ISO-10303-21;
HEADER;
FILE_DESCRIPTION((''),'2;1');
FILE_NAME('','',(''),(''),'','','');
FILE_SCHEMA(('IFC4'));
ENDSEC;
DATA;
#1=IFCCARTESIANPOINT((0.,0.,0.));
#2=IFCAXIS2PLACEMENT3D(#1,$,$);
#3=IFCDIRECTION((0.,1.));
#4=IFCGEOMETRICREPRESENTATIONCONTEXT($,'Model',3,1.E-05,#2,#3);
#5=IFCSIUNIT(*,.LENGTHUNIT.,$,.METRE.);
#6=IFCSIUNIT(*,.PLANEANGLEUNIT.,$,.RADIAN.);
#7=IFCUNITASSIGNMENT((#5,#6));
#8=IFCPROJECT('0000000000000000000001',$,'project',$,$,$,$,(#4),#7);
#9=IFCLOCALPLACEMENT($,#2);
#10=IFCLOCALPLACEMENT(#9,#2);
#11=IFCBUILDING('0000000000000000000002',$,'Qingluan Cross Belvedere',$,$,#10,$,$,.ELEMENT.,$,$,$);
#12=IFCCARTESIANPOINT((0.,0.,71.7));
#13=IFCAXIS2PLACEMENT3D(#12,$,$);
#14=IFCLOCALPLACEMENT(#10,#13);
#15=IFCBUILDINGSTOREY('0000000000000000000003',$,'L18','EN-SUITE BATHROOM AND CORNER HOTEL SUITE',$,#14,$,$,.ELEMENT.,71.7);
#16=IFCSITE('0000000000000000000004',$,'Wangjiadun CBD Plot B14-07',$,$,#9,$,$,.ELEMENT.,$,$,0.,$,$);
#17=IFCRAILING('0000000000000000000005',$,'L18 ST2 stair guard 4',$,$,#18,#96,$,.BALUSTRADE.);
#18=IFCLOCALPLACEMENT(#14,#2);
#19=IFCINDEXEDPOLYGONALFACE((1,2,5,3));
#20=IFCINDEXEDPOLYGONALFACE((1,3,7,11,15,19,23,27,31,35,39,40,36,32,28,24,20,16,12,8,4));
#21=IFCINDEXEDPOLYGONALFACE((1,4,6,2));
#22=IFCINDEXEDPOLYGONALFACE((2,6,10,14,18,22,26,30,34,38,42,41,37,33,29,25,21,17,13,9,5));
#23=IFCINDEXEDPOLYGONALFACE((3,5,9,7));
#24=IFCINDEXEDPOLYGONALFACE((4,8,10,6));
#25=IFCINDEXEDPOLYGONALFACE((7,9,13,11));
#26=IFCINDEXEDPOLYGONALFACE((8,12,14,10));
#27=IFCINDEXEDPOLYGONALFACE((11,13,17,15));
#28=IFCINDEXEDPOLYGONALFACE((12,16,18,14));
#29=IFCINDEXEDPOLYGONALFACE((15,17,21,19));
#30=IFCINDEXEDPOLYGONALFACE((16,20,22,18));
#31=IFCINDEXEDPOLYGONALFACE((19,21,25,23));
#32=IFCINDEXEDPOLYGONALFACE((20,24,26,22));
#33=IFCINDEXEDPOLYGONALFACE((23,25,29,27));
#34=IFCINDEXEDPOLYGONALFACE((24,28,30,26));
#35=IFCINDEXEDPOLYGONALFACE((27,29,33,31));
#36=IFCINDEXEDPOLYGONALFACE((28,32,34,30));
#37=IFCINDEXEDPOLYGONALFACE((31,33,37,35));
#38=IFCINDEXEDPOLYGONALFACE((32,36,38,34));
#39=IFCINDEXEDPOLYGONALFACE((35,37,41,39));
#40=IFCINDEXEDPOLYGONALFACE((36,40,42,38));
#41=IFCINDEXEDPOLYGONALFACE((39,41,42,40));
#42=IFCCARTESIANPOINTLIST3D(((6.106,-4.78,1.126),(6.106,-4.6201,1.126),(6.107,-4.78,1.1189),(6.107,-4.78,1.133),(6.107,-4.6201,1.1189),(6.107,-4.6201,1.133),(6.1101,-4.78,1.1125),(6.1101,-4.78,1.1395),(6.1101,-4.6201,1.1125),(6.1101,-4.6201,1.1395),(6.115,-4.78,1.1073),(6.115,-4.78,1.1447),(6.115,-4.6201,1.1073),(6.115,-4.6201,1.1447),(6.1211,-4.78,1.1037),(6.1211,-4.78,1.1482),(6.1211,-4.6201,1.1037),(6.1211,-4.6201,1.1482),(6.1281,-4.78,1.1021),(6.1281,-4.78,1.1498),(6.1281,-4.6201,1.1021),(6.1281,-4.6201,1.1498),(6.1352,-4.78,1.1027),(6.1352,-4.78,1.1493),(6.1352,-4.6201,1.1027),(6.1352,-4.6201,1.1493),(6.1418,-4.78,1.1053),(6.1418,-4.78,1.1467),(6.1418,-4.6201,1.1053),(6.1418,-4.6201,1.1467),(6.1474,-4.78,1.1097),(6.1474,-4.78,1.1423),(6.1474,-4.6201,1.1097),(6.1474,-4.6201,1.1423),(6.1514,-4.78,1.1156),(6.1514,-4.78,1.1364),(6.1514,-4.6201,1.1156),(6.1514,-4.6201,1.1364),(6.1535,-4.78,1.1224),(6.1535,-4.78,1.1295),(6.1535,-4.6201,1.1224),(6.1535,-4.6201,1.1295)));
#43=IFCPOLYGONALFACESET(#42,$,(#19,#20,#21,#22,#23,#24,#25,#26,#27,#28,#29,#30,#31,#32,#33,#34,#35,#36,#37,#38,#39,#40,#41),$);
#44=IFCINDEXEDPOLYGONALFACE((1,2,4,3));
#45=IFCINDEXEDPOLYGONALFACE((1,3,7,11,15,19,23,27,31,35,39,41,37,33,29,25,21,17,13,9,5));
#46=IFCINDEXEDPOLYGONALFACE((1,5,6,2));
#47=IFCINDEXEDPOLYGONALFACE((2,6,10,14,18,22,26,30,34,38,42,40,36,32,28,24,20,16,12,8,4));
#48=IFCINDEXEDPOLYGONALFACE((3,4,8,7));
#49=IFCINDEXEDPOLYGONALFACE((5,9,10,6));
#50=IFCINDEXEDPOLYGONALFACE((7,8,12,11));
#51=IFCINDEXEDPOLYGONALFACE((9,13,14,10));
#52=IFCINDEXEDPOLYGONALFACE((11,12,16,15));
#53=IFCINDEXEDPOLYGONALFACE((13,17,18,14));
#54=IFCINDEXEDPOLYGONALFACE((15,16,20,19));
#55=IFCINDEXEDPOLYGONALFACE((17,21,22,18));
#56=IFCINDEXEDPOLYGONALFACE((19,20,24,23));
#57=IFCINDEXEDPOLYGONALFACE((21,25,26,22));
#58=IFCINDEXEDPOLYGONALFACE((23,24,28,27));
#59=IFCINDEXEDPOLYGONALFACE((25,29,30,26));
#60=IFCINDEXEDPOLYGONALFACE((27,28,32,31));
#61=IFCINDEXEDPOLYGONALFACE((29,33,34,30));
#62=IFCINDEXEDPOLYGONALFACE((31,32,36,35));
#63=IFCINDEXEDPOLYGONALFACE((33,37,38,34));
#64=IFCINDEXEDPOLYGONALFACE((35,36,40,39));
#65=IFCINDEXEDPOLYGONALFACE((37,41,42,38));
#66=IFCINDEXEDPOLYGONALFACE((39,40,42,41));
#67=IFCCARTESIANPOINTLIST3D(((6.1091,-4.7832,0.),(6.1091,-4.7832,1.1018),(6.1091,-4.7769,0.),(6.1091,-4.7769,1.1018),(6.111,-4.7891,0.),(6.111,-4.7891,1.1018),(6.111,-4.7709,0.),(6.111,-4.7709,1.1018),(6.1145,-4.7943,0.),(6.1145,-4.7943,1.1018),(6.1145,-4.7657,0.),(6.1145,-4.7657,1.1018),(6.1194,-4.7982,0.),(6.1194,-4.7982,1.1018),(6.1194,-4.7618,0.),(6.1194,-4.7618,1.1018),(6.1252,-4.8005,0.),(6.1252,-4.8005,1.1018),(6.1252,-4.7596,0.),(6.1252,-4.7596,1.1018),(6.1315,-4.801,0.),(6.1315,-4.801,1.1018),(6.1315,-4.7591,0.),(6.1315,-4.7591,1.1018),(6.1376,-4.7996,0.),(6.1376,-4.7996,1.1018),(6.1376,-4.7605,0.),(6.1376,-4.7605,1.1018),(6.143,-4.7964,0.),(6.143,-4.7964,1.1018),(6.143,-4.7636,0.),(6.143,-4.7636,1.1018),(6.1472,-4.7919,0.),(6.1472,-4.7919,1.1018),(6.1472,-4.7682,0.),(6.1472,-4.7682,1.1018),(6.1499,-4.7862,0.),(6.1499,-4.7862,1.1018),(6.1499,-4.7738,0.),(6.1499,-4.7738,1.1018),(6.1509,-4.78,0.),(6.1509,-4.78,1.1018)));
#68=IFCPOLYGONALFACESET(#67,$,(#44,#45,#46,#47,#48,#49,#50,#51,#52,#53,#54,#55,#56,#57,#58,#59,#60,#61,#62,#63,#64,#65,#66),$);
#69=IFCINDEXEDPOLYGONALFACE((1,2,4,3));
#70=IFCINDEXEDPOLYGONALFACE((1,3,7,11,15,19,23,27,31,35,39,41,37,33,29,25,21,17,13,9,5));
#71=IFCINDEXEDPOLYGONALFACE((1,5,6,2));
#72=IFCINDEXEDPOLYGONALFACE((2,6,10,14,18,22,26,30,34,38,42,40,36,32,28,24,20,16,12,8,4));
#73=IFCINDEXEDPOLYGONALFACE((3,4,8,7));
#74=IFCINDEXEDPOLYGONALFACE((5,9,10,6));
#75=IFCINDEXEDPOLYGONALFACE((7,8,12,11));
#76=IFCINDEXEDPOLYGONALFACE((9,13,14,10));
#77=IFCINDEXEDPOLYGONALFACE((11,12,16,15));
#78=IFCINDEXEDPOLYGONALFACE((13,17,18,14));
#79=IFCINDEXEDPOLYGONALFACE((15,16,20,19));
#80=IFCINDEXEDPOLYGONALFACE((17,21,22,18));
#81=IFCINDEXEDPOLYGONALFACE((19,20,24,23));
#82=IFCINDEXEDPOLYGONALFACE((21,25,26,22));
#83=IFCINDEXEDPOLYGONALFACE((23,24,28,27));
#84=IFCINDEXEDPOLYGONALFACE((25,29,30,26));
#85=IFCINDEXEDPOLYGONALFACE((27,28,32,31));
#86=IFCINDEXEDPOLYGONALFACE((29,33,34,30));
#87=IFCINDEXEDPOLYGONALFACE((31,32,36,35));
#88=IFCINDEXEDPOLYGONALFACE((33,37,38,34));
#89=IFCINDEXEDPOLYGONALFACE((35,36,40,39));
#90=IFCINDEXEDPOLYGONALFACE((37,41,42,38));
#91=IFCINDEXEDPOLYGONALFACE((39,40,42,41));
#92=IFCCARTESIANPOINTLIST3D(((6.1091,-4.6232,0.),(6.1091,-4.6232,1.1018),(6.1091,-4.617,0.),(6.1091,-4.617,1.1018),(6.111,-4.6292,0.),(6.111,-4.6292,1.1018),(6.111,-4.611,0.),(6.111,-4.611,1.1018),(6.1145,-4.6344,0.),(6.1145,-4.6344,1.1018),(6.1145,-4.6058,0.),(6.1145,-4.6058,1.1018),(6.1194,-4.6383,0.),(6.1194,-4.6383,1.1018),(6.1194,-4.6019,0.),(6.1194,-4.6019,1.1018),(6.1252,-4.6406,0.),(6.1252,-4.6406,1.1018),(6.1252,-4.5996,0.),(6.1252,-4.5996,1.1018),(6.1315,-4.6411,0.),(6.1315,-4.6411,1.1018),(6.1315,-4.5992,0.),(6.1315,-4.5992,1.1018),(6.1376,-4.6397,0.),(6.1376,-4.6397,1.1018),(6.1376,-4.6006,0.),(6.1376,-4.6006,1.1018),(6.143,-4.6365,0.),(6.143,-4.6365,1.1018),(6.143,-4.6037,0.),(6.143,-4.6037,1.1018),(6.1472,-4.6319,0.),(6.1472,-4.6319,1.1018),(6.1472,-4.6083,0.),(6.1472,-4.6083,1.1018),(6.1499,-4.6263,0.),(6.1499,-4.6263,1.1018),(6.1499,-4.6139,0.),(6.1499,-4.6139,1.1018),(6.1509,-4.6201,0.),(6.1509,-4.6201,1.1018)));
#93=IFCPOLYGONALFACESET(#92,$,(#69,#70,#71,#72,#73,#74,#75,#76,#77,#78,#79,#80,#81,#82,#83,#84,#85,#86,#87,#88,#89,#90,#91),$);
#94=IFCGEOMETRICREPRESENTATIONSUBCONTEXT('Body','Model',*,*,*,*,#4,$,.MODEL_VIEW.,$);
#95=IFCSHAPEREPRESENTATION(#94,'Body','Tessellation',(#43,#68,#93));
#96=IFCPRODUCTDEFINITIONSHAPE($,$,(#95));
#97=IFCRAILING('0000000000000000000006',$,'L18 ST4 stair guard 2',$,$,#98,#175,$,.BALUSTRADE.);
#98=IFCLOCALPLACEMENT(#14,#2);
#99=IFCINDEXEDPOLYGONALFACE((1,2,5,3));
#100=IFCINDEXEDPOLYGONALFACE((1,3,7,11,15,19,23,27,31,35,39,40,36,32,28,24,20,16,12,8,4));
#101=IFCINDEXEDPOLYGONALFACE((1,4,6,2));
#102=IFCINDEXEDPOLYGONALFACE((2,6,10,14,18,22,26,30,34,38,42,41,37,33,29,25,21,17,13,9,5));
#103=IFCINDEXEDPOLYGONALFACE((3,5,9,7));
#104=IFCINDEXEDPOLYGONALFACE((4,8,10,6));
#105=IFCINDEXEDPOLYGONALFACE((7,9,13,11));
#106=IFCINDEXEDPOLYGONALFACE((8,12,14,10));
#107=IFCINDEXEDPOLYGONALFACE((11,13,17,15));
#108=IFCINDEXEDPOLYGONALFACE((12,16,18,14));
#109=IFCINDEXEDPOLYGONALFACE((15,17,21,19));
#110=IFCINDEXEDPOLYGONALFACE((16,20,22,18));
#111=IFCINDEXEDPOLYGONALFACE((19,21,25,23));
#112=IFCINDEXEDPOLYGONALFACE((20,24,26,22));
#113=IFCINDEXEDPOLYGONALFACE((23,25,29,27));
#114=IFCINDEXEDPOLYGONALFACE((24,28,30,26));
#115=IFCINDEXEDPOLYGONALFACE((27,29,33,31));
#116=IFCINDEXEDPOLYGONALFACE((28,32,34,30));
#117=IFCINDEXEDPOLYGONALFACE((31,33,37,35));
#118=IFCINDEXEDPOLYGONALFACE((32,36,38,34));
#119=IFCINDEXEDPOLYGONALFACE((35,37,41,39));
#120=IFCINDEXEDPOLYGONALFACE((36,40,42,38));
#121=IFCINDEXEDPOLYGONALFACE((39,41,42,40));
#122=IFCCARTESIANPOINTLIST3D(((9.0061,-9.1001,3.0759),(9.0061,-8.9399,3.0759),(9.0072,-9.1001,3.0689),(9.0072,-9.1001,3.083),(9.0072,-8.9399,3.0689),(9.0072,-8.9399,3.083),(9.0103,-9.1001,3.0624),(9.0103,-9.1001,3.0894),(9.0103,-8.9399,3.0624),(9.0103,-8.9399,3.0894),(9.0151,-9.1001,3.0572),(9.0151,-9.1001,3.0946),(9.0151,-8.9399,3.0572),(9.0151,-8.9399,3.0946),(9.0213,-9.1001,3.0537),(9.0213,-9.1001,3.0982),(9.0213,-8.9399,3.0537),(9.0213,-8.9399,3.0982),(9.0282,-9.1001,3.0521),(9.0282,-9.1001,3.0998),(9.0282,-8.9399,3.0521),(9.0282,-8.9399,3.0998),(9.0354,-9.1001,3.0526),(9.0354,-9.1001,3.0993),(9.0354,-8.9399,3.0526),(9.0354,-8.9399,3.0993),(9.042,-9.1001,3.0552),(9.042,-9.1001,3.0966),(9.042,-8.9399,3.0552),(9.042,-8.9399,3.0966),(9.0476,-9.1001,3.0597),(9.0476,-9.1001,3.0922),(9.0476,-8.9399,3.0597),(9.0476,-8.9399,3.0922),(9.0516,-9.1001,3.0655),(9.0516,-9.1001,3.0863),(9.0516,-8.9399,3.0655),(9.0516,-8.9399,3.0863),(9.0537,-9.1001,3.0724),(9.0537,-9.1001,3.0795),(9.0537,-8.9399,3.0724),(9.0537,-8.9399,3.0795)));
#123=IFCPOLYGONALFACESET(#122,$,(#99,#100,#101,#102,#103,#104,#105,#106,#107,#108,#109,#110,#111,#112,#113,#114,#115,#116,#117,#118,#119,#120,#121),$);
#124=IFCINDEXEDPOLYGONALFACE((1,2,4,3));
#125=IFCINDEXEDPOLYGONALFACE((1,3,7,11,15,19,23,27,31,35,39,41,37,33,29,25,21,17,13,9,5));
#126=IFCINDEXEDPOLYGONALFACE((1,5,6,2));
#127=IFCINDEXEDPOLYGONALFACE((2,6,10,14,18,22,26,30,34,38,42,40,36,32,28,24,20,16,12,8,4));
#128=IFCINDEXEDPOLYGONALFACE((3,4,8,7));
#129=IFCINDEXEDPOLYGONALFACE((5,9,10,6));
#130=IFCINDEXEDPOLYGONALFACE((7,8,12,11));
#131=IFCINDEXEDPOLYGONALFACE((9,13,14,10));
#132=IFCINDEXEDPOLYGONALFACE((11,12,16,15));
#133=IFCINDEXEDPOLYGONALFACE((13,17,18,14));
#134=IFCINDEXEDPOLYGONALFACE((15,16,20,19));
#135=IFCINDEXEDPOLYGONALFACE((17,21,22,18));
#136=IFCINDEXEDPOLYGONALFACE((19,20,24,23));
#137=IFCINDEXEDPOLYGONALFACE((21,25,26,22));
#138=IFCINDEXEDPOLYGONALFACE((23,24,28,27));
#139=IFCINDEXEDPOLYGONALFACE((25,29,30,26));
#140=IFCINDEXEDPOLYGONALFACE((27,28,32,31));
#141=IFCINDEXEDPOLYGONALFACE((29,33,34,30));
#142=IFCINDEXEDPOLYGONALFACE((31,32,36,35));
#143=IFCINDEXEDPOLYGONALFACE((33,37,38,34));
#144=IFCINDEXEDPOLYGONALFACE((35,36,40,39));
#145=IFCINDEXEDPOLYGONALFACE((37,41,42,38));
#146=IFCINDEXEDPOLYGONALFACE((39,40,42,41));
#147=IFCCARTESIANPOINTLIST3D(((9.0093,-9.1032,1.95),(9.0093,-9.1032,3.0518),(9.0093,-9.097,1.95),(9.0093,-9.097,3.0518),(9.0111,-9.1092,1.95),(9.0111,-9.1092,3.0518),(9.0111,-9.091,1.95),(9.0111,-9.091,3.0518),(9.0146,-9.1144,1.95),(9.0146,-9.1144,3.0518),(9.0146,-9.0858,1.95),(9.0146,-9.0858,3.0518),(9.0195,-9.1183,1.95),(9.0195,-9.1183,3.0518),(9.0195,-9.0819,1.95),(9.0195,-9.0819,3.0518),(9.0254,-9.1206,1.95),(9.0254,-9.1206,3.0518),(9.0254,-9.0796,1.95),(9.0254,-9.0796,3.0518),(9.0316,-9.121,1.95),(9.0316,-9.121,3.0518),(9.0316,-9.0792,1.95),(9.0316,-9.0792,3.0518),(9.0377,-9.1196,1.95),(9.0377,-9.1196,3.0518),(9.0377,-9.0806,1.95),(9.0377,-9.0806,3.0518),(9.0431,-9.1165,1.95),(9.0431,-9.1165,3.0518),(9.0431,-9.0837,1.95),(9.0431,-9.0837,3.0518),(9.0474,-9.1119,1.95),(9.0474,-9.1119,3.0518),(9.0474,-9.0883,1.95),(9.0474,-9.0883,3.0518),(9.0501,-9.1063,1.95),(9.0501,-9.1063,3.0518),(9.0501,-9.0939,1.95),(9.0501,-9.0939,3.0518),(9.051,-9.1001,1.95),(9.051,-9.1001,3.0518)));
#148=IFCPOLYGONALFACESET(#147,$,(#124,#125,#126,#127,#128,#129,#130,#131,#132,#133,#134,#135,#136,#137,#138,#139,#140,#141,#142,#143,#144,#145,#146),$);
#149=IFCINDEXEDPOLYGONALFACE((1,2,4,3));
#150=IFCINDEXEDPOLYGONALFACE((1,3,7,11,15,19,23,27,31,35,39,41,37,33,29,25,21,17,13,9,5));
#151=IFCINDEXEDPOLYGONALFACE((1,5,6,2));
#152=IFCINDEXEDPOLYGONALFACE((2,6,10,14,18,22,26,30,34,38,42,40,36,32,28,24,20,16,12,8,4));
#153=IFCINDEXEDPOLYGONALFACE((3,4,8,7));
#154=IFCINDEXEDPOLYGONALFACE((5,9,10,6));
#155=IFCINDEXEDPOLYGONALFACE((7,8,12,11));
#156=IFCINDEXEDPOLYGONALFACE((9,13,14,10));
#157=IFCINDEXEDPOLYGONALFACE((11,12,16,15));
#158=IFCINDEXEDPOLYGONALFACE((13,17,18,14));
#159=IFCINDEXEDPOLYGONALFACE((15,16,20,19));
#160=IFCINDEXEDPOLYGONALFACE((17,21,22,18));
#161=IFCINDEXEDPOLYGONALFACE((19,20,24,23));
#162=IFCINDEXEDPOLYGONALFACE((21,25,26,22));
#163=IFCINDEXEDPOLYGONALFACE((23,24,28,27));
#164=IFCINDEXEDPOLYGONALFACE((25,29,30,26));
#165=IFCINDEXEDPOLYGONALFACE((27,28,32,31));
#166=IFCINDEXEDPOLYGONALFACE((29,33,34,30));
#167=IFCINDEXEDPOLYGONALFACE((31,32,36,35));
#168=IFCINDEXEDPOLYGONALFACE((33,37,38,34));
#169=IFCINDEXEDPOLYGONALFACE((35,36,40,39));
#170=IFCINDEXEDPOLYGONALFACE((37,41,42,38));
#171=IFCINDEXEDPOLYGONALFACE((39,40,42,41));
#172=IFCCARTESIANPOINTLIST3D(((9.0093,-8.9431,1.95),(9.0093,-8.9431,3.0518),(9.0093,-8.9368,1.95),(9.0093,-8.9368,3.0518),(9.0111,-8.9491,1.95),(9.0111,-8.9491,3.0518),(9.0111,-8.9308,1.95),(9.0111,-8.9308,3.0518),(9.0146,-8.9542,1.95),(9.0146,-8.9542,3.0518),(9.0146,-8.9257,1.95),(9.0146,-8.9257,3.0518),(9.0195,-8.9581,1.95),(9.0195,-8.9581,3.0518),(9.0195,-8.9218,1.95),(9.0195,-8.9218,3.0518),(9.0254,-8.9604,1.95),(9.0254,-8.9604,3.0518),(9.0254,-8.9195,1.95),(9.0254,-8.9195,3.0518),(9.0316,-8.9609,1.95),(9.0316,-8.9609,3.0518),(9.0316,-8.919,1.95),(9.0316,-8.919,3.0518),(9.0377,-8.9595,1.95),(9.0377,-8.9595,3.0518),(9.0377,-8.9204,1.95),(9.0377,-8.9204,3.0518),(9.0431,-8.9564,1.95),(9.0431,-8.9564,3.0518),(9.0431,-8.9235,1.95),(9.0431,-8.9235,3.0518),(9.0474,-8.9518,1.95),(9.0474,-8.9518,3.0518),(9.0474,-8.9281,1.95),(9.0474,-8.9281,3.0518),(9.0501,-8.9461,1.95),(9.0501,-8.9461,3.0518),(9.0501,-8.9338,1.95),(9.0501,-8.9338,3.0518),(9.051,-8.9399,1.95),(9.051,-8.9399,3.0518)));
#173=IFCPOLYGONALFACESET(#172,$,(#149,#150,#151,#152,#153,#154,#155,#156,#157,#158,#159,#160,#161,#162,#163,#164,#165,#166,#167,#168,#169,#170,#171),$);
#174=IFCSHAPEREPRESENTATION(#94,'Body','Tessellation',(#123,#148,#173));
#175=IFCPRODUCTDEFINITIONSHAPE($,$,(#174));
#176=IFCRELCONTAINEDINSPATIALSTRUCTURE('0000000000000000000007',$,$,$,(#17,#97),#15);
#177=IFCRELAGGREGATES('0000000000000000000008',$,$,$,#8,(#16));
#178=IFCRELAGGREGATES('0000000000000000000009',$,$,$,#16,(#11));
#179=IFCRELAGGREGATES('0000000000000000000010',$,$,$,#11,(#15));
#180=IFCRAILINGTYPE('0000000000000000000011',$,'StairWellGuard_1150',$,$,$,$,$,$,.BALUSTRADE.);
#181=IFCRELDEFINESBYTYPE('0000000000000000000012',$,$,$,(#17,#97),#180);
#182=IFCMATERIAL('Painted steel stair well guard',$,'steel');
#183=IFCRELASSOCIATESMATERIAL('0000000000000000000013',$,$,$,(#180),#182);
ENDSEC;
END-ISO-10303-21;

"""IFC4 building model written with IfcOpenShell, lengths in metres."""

from ifc_helpers import new_model, si_unit, direction, frame, origin, origin_2d, place, context, subcontext, project, spatial, circle, extrude, material, type_object, element, save


model = new_model("IFC4")

# Units and contexts
model_context = context("Model", 3, precision=1e-05, world=origin(), true_north=direction((0.0, 1.0)))
body_context = subcontext(model_context, "Body", "Model", "MODEL_VIEW")
ifc_project = project(units=[si_unit("LENGTHUNIT", "METRE"), si_unit("PLANEANGLEUNIT", "RADIAN")], contexts=[model_context])

# Site, building, storey
site_placement = place(None, origin())
site = spatial("IfcSite", under=ifc_project, at=site_placement, Name="Wangjiadun CBD Plot B14-07", CompositionType="ELEMENT", RefElevation=0.0)
building_placement = place(site_placement, origin())
building = spatial("IfcBuilding", under=site, at=building_placement, Name="Qingluan Cross Belvedere", CompositionType="ELEMENT")
storey_placement = place(building_placement, frame((0.0, 0.0, 71.7)))
storey = spatial("IfcBuildingStorey", under=building, at=storey_placement, Name="L18", Description="EN-SUITE BATHROOM AND CORNER HOTEL SUITE", CompositionType="ELEMENT", Elevation=71.7)

# Railings
ifc_material_1 = material(Name="Painted steel stair well guard", Category="steel")
railing_type_1 = type_object("IfcRailingType", Name="StairWellGuard_1150", PredefinedType="BALUSTRADE", material=ifc_material_1)
railing_1_placement = place(storey_placement, frame((6.1299, -4.78, 0.0)))
element("IfcRailing", 1, at=railing_1_placement, inside=storey, type_object=railing_type_1, Name="L18 ST2 stair guard 4", PredefinedType="BALUSTRADE", context=body_context, shape_type="SweptSolid", body=[
    extrude(circle(Radius=0.0239, at=origin_2d()), frame((0.0, 0.0, 1.126), z_axis=(0.0, 1.0, 0.0), x_axis=(-1.0, 0.0, 0.0)), (0.0, 0.0, 1.0), 0.1599),
    extrude(circle(Radius=0.021, at=origin_2d()), origin(), (0.0, 0.0, 1.0), 1.1018),
    extrude(circle(Radius=0.021, at=origin_2d()), frame((0.0, 0.1599, 0.0)), (0.0, 0.0, 1.0), 1.1018),
])
railing_2_placement = place(storey_placement, frame((9.03, -9.1001, 1.95)))
element("IfcRailing", 2, at=railing_2_placement, inside=storey, type_object=railing_type_1, Name="L18 ST4 stair guard 2", PredefinedType="BALUSTRADE", context=body_context, shape_type="SweptSolid", body=[
    extrude(circle(Radius=0.0239, at=origin_2d()), frame((0.0, 0.0, 1.126), z_axis=(0.0, 1.0, 0.0), x_axis=(-1.0, 0.0, 0.0)), (0.0, 0.0, 1.0), 0.1602),
    extrude(circle(Radius=0.021, at=origin_2d()), origin(), (0.0, 0.0, 1.0), 1.1018),
    extrude(circle(Radius=0.021, at=origin_2d()), frame((0.0, 0.1602, 0.0)), (0.0, 0.0, 1.0), 1.1018),
])

save(model, "model.ifc")
